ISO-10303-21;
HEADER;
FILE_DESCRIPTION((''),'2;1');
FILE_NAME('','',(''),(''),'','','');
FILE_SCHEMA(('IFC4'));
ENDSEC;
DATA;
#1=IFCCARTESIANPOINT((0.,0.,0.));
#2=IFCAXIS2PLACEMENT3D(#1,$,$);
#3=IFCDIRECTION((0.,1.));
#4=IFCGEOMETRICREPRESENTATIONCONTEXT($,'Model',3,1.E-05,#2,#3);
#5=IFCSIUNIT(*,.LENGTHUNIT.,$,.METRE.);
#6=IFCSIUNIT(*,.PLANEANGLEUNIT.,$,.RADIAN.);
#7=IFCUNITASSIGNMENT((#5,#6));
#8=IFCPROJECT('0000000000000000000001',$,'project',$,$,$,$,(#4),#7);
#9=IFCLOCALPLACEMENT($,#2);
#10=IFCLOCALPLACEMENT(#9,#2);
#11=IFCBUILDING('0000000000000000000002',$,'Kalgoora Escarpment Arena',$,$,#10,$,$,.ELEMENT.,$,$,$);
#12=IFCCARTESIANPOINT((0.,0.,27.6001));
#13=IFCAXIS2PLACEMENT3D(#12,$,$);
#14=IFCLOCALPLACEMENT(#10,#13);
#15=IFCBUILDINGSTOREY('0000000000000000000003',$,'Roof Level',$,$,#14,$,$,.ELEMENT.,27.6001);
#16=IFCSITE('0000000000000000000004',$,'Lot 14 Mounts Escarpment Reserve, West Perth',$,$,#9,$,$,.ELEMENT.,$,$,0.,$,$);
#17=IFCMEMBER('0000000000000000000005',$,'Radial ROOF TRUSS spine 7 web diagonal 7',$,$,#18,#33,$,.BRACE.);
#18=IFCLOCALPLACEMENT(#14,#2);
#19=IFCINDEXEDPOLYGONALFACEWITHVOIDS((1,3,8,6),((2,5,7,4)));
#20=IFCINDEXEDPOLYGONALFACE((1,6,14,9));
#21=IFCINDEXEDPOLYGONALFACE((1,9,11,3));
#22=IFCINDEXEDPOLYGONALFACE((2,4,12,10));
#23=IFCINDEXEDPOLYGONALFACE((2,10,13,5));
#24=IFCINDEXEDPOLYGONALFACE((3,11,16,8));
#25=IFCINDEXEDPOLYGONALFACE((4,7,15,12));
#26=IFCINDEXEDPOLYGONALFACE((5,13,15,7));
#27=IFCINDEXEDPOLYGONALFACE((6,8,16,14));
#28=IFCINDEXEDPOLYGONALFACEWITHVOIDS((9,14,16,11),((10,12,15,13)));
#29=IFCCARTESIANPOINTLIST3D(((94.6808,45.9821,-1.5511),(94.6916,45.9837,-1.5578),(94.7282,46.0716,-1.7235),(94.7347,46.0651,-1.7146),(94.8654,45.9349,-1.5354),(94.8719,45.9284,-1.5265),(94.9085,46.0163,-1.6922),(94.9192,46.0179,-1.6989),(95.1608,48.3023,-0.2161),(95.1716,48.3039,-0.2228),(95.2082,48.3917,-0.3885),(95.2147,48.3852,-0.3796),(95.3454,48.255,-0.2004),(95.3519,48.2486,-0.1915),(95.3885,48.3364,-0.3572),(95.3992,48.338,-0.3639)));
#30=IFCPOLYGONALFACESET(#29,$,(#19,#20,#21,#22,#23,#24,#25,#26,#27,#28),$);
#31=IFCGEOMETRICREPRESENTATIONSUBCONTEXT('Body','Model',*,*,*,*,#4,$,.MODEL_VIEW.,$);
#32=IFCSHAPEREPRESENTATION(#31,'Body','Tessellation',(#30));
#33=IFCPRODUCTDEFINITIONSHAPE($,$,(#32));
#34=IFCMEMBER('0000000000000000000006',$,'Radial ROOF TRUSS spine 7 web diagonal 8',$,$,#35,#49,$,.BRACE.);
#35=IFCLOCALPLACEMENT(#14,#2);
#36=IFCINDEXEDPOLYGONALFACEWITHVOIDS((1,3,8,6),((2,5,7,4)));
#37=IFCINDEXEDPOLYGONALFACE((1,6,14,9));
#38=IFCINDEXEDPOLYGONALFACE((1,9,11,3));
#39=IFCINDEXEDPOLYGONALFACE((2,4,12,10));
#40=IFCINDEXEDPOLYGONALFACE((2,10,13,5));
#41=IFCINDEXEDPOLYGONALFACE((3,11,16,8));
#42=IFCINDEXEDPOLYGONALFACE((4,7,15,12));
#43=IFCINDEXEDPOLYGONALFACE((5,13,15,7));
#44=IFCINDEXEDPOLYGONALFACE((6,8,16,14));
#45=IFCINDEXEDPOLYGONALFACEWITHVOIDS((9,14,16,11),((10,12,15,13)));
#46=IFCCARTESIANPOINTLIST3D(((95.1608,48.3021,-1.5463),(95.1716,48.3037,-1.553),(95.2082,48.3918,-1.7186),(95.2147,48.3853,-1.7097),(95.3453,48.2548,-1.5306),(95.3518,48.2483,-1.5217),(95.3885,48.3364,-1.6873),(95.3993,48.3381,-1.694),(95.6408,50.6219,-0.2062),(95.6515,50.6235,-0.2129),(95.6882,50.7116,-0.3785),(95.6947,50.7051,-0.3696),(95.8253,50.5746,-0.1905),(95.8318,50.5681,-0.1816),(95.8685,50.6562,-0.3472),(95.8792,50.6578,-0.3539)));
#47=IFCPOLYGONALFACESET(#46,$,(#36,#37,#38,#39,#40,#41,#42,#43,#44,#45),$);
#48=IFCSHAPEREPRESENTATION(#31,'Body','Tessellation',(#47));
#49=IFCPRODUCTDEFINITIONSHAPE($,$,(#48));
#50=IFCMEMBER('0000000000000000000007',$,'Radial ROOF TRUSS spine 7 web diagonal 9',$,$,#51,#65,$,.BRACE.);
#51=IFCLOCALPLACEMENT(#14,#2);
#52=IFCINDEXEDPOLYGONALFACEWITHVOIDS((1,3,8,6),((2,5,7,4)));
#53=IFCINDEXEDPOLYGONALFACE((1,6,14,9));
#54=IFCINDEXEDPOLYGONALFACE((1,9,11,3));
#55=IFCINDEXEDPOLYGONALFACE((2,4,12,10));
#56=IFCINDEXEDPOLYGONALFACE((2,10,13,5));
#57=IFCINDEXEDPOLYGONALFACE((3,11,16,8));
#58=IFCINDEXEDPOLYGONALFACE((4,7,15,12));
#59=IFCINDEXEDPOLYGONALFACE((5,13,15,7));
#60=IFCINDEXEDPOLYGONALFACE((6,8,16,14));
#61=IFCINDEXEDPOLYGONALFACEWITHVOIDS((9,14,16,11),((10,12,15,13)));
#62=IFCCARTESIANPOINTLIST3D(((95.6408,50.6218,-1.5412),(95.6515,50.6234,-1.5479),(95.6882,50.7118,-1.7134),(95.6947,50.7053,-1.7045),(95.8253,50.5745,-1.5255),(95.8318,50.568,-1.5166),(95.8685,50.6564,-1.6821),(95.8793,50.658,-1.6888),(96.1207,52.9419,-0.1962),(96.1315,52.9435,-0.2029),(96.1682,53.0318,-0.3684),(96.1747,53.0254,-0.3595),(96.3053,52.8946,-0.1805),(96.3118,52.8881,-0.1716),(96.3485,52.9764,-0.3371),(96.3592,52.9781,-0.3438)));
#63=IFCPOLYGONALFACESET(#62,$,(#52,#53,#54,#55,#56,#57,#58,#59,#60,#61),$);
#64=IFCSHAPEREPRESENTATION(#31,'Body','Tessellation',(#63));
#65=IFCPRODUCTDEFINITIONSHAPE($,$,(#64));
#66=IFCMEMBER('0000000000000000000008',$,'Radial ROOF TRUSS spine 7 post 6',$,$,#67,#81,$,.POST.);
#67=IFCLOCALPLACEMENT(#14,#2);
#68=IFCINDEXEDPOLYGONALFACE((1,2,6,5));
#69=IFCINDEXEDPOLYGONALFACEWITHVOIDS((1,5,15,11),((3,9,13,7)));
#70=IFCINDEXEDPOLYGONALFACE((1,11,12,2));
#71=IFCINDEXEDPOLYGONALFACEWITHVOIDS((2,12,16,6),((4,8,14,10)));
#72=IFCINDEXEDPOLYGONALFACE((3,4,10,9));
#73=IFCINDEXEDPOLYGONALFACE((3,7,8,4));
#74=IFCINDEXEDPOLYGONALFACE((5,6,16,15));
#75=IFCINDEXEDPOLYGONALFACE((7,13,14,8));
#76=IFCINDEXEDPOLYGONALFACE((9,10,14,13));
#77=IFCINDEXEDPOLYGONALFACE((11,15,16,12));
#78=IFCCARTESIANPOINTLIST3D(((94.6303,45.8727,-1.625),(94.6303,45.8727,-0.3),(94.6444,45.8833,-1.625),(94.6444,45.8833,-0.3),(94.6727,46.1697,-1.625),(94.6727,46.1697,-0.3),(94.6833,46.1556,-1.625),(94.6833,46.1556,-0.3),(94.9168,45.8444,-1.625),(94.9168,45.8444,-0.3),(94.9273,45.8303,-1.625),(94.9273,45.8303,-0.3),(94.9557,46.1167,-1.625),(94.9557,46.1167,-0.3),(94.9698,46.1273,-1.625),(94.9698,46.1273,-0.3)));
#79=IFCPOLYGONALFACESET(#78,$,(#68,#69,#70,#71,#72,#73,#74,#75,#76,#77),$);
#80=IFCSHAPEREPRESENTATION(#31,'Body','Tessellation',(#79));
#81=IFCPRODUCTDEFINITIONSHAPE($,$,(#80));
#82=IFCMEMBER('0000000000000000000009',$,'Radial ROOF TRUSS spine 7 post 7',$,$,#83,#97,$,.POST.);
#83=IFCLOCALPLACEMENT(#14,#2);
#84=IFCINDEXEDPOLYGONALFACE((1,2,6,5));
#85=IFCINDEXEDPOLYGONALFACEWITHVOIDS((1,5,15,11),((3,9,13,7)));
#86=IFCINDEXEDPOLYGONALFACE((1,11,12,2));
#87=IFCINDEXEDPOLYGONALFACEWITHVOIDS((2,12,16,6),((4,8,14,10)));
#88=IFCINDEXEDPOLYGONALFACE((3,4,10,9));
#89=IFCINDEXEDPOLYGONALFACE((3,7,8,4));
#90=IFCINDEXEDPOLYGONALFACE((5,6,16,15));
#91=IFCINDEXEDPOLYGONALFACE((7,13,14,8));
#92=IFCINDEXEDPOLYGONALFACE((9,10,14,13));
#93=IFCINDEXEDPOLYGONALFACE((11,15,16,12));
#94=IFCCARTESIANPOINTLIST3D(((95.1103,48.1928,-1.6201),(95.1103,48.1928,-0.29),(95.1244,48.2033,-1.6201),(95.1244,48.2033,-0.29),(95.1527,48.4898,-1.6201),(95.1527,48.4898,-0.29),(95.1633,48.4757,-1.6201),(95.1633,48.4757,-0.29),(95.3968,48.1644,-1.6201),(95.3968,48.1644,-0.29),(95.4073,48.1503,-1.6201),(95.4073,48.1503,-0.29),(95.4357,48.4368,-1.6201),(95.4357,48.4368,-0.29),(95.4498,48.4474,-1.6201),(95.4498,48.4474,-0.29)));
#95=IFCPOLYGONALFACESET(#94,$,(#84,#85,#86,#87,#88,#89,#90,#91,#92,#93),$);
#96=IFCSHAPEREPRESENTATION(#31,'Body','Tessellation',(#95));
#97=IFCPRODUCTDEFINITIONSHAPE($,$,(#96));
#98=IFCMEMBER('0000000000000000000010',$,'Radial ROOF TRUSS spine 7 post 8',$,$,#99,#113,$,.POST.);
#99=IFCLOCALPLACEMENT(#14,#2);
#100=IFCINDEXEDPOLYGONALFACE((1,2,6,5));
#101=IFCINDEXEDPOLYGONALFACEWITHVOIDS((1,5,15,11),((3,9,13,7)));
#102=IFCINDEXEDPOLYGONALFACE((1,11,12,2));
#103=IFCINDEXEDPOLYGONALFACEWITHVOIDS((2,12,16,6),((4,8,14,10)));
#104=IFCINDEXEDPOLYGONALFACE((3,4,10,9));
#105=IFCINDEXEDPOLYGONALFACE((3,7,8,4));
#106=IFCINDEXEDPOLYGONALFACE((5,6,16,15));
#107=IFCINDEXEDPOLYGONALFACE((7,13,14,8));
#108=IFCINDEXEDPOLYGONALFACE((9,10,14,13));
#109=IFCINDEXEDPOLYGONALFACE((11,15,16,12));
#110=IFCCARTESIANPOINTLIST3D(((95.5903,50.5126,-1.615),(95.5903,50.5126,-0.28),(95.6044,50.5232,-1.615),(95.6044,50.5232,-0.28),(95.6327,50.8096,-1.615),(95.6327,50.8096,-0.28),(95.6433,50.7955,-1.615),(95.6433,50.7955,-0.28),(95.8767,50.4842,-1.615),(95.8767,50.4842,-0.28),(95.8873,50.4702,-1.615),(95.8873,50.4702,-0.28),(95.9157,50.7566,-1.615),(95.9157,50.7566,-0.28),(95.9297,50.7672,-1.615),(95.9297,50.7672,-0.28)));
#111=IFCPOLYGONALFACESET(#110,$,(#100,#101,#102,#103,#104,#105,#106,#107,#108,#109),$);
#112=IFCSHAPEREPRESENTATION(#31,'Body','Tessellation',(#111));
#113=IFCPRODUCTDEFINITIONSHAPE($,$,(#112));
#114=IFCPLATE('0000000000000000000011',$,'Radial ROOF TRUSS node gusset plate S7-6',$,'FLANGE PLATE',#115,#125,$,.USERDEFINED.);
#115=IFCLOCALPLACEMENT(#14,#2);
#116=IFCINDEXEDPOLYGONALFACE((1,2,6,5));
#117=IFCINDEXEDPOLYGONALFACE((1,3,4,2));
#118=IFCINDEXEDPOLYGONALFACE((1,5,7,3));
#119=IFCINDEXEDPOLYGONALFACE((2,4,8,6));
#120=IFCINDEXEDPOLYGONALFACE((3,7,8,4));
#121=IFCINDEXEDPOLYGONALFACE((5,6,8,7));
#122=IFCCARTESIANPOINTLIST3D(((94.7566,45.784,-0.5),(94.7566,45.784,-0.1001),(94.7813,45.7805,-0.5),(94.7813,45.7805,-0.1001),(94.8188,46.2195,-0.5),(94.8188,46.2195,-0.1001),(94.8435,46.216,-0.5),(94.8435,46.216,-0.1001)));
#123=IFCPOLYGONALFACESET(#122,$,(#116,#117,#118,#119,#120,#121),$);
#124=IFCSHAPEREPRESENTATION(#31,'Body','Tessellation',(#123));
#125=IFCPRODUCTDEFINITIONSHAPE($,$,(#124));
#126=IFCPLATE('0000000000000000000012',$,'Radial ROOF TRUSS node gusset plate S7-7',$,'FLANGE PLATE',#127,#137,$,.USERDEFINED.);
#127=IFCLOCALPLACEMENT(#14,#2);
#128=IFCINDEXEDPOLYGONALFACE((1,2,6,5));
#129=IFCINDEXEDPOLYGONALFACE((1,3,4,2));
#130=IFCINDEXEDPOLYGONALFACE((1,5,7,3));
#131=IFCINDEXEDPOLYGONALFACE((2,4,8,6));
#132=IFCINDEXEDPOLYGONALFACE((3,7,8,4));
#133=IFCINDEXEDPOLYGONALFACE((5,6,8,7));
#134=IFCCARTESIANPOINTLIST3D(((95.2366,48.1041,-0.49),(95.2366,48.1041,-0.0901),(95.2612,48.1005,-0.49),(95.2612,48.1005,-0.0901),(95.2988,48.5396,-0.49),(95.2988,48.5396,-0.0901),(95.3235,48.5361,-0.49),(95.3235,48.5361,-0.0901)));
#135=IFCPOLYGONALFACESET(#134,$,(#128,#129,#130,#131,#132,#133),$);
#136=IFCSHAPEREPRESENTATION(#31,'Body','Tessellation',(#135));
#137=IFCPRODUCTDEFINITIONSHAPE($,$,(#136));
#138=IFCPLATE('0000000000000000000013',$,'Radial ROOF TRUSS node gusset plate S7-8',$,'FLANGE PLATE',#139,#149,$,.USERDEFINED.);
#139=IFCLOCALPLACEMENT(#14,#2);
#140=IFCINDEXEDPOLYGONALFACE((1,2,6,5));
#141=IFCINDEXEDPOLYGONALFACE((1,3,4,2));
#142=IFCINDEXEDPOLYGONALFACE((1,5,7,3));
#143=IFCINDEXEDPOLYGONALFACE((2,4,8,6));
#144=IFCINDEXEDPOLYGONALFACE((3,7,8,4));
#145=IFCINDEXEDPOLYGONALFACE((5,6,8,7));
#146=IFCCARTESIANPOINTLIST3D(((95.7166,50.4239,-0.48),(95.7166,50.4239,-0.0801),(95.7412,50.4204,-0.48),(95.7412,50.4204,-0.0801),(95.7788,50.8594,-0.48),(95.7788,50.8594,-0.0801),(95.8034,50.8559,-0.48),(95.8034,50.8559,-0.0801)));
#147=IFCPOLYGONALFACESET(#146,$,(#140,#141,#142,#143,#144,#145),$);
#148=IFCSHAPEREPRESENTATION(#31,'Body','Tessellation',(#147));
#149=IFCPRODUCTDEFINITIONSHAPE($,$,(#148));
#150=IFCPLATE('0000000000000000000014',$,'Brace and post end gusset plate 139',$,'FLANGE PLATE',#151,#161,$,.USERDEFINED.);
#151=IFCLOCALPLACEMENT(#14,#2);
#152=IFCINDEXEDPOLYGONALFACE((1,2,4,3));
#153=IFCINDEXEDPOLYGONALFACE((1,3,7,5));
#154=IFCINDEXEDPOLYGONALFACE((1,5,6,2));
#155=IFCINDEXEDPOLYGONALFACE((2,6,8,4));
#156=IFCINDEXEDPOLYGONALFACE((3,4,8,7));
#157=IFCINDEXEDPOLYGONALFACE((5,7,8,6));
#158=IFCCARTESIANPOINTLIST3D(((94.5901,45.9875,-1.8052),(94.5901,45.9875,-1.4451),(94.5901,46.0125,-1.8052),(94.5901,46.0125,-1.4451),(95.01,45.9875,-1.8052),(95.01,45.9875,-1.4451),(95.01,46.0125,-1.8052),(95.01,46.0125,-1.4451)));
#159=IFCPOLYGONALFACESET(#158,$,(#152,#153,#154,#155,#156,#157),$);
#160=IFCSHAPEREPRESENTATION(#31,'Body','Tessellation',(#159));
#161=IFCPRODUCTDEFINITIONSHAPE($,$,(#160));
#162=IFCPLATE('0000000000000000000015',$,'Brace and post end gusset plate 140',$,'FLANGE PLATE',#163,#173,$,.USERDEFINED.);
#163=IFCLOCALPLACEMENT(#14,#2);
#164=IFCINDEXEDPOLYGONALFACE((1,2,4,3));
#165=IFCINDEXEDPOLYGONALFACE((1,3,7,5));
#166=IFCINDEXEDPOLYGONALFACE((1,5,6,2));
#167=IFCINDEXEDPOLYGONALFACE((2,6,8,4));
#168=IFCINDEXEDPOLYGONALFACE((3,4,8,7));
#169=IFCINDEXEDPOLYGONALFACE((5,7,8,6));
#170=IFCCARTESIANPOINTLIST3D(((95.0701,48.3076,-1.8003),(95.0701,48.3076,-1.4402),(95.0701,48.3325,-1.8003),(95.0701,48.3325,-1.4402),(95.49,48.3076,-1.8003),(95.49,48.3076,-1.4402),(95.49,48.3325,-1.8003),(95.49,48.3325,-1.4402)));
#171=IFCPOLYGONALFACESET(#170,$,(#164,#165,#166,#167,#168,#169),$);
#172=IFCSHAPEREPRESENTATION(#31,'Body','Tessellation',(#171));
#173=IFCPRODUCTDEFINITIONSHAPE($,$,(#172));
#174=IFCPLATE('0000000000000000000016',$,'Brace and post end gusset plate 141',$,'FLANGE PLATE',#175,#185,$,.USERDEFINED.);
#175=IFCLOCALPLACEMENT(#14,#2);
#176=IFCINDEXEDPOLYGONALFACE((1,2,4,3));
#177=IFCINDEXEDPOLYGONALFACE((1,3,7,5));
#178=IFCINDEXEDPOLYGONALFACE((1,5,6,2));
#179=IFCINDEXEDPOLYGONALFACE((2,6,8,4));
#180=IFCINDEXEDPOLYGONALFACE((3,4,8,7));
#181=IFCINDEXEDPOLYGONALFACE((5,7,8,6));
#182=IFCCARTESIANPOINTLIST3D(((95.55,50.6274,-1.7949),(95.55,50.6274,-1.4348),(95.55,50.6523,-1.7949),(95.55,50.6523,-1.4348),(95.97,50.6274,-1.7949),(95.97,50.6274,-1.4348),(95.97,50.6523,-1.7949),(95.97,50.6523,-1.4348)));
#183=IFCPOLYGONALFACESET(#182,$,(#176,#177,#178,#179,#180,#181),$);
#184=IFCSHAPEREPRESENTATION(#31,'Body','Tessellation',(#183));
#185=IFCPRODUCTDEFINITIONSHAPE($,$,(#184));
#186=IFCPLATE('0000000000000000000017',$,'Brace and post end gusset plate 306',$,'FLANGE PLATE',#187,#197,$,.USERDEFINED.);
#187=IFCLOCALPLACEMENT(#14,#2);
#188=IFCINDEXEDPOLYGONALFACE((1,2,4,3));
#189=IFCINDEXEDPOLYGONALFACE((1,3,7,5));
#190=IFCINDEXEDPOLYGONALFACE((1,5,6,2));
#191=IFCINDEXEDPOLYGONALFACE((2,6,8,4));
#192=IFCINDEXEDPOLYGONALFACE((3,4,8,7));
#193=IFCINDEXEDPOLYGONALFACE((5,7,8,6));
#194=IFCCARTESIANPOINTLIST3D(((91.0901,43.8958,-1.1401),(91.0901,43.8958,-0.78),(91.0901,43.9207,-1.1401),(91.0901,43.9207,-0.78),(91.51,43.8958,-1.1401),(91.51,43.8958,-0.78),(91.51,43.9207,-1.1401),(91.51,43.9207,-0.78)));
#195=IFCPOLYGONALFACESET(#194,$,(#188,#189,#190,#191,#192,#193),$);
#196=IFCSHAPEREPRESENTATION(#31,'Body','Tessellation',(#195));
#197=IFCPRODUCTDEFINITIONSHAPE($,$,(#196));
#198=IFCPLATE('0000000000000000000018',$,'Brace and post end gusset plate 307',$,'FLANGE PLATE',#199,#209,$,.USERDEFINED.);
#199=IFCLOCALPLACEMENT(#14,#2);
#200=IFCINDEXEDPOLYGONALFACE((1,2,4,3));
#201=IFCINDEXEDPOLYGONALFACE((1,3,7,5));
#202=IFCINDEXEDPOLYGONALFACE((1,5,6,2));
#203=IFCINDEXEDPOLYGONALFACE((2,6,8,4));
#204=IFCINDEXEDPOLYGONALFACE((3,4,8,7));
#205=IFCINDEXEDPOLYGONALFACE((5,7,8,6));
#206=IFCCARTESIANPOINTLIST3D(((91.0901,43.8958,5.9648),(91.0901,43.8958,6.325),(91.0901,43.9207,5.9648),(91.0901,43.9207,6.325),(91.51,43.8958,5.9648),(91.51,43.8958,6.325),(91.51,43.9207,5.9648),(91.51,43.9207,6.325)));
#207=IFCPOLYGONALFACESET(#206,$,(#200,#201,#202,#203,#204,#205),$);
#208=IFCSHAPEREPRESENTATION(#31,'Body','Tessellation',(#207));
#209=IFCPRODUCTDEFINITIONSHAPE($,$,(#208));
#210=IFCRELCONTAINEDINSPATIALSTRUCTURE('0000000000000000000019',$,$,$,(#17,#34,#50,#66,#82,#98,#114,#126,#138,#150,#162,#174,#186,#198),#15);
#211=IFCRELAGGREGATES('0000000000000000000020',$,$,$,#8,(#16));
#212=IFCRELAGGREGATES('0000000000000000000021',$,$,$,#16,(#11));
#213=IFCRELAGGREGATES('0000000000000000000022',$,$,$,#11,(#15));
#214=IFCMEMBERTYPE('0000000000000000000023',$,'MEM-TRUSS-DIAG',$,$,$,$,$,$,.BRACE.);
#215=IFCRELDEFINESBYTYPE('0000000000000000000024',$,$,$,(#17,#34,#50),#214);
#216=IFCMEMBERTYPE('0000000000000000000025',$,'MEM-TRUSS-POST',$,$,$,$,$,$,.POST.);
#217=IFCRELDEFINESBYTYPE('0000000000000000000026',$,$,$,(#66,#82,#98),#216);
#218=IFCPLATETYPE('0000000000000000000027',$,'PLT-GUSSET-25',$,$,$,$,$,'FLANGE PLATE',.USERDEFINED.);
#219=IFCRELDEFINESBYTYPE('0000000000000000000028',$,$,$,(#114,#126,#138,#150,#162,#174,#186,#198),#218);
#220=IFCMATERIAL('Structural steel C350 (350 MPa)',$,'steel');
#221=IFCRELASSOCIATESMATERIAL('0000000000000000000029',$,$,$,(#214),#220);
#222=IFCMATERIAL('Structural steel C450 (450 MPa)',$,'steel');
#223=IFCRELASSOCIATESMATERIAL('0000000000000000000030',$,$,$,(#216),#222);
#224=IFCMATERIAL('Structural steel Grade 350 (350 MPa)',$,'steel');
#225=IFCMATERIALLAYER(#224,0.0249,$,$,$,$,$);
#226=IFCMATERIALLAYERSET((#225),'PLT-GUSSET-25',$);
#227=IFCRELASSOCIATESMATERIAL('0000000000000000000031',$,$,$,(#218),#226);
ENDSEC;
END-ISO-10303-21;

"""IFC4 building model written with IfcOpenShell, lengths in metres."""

from ifc_helpers import new_model, si_unit, direction, frame, origin, origin_2d, place, context, subcontext, project, spatial, rectangle, hollow_rectangle, extrude, material, layer, layer_set, material_profile, profile_set, type_object, element, save


model = new_model("IFC4")

# Units and contexts
model_context = context("Model", 3, precision=1e-05, world=origin(), true_north=direction((0.0, 1.0)))
body_context = subcontext(model_context, "Body", "Model", "MODEL_VIEW")
ifc_project = project(units=[si_unit("LENGTHUNIT", "METRE"), si_unit("PLANEANGLEUNIT", "RADIAN")], contexts=[model_context])

# Site, building, storey
site_placement = place(None, origin())
site = spatial("IfcSite", under=ifc_project, at=site_placement, Name="Lot 14 Mounts Escarpment Reserve, West Perth", CompositionType="ELEMENT", RefElevation=0.0)
building_placement = place(site_placement, origin())
building = spatial("IfcBuilding", under=site, at=building_placement, Name="Kalgoora Escarpment Arena", CompositionType="ELEMENT")
storey_placement = place(building_placement, frame((0.0, 0.0, 27.6001)))
storey = spatial("IfcBuildingStorey", under=building, at=storey_placement, Name="Roof Level", CompositionType="ELEMENT", Elevation=27.6001)

# Members
ifc_material_1 = material(Name="Structural steel C350 (350 MPa)", Category="steel")
ifc_material_profile_1 = material_profile(ifc_material_1, hollow_rectangle(XDim=0.2, YDim=0.2, WallThickness=0.009, at=origin_2d()))
ifc_profile_set_1 = profile_set([ifc_material_profile_1], Name="Structural steel C350 (350 MPa)")
member_type_1 = type_object("IfcMemberType", Name="MEM-TRUSS-DIAG", PredefinedType="BRACE", material=ifc_profile_set_1)
member_1_placement = place(storey_placement, frame((94.8, 46.0, -1.625), z_axis=(0.176501, 0.85315, 0.4909), x_axis=(-0.23694, -0.447238, 0.86246)))
element("IfcMember", 1, at=member_1_placement, inside=storey, type_object=member_type_1, Name="Radial ROOF TRUSS spine 7 web diagonal 7", PredefinedType="BRACE", context=body_context, shape_type="SweptSolid", body=[
    extrude(hollow_rectangle(XDim=0.2, YDim=0.2, WallThickness=0.009, at=origin_2d()), origin(), (0.0, 0.0, 1.0), 2.7195),
])
member_2_placement = place(storey_placement, frame((95.28, 48.3201, -1.6201), z_axis=(0.176351, 0.852335, 0.492367), x_axis=(-0.237243, -0.448655, 0.86164)))
element("IfcMember", 2, at=member_2_placement, inside=storey, type_object=member_type_1, Name="Radial ROOF TRUSS spine 7 web diagonal 8", PredefinedType="BRACE", context=body_context, shape_type="SweptSolid", body=[
    extrude(hollow_rectangle(XDim=0.2, YDim=0.2, WallThickness=0.009, at=origin_2d()), origin(), (0.0, 0.0, 1.0), 2.7217),
])
member_3_placement = place(storey_placement, frame((95.76, 50.6399, -1.615), z_axis=(0.176182, 0.851607, 0.493686), x_axis=(-0.237499, -0.44994, 0.8609)))
element("IfcMember", 3, at=member_3_placement, inside=storey, type_object=member_type_1, Name="Radial ROOF TRUSS spine 7 web diagonal 9", PredefinedType="BRACE", context=body_context, shape_type="SweptSolid", body=[
    extrude(hollow_rectangle(XDim=0.2, YDim=0.2, WallThickness=0.009, at=origin_2d()), origin(), (0.0, 0.0, 1.0), 2.7244),
])
ifc_material_2 = material(Name="Structural steel C450 (450 MPa)", Category="steel")
ifc_material_profile_2 = material_profile(ifc_material_2, hollow_rectangle(XDim=0.3, YDim=0.3, WallThickness=0.0125, at=origin_2d()))
ifc_profile_set_2 = profile_set([ifc_material_profile_2], Name="Structural steel C450 (450 MPa)")
member_type_2 = type_object("IfcMemberType", Name="MEM-TRUSS-POST", PredefinedType="POST", material=ifc_profile_set_2)
member_4_placement = place(storey_placement, frame((94.8, 46.0, -1.625), z_axis=(0.0, 0.0, 1.0), x_axis=(0.14142, 0.98995, 0.0)))
element("IfcMember", 4, at=member_4_placement, inside=storey, type_object=member_type_2, Name="Radial ROOF TRUSS spine 7 post 6", PredefinedType="POST", context=body_context, shape_type="SweptSolid", body=[
    extrude(hollow_rectangle(XDim=0.3, YDim=0.3, WallThickness=0.0125, at=origin_2d()), origin(), (0.0, 0.0, 1.0), 1.325),
])
member_5_placement = place(storey_placement, frame((95.28, 48.3201, -1.6201), z_axis=(0.0, 0.0, 1.0), x_axis=(0.14142, 0.98995, 0.0)))
element("IfcMember", 5, at=member_5_placement, inside=storey, type_object=member_type_2, Name="Radial ROOF TRUSS spine 7 post 7", PredefinedType="POST", context=body_context, shape_type="SweptSolid", body=[
    extrude(hollow_rectangle(XDim=0.3, YDim=0.3, WallThickness=0.0125, at=origin_2d()), origin(), (0.0, 0.0, 1.0), 1.3301),
])
member_6_placement = place(storey_placement, frame((95.76, 50.6399, -1.615), z_axis=(0.0, 0.0, 1.0), x_axis=(0.14142, 0.98995, 0.0)))
element("IfcMember", 6, at=member_6_placement, inside=storey, type_object=member_type_2, Name="Radial ROOF TRUSS spine 7 post 8", PredefinedType="POST", context=body_context, shape_type="SweptSolid", body=[
    extrude(hollow_rectangle(XDim=0.3, YDim=0.3, WallThickness=0.0125, at=origin_2d()), origin(), (0.0, 0.0, 1.0), 1.335),
])

# Plates
ifc_material_3 = material(Name="Structural steel Grade 350 (350 MPa)", Category="steel")
ifc_layer_1 = layer(ifc_material_3, 0.0249)
ifc_layer_set_1 = layer_set([ifc_layer_1], Name="PLT-GUSSET-25")
plate_type = type_object("IfcPlateType", Name="PLT-GUSSET-25", ElementType="FLANGE PLATE", PredefinedType="USERDEFINED", material=ifc_layer_set_1)
for number, where, z_axis, x_axis, name in (
    (7, (94.8, 46.0, -0.5), (0.0, 0.0, 1.0), (0.14142, 0.98995, 0.0), "Radial ROOF TRUSS node gusset plate S7-6"),
    (8, (95.28, 48.3201, -0.49), (0.0, 0.0, 1.0), (0.14142, 0.98995, 0.0), "Radial ROOF TRUSS node gusset plate S7-7"),
    (9, (95.76, 50.6399, -0.48), (0.0, 0.0, 1.0), (0.14142, 0.98995, 0.0), "Radial ROOF TRUSS node gusset plate S7-8"),
):
    element("IfcPlate", number, at=place(storey_placement, frame(where, z_axis=z_axis, x_axis=x_axis)), inside=storey, type_object=plate_type, Name=name, ObjectType="FLANGE PLATE", PredefinedType="USERDEFINED", context=body_context, shape_type="SweptSolid", body=[
        extrude(rectangle(XDim=0.4399, YDim=0.0249, at=origin_2d()), origin(), (0.0, 0.0, 1.0), 0.3999),
    ])
for number, where, z_axis, x_axis, name in (
    (10, (94.8, 46.0, -1.8052), (0.0, 0.0, 1.0), (1.0, 0.0, 0.0), "Brace and post end gusset plate 139"),
    (11, (95.28, 48.3201, -1.8003), (0.0, 0.0, 1.0), (1.0, 0.0, 0.0), "Brace and post end gusset plate 140"),
    (12, (95.76, 50.6399, -1.7949), (0.0, 0.0, 1.0), (1.0, 0.0, 0.0), "Brace and post end gusset plate 141"),
    (13, (91.3, 43.9082, -1.1401), (0.0, 0.0, 1.0), (1.0, 0.0, 0.0), "Brace and post end gusset plate 306"),
    (14, (91.3, 43.9082, 5.9648), (0.0, 0.0, 1.0), (1.0, 0.0, 0.0), "Brace and post end gusset plate 307"),
):
    element("IfcPlate", number, at=place(storey_placement, frame(where, z_axis=z_axis, x_axis=x_axis)), inside=storey, type_object=plate_type, Name=name, ObjectType="FLANGE PLATE", PredefinedType="USERDEFINED", context=body_context, shape_type="SweptSolid", body=[
        extrude(rectangle(XDim=0.4199, YDim=0.0249, at=origin_2d()), origin(), (0.0, 0.0, 1.0), 0.3601),
    ])

save(model, "model.ifc")
